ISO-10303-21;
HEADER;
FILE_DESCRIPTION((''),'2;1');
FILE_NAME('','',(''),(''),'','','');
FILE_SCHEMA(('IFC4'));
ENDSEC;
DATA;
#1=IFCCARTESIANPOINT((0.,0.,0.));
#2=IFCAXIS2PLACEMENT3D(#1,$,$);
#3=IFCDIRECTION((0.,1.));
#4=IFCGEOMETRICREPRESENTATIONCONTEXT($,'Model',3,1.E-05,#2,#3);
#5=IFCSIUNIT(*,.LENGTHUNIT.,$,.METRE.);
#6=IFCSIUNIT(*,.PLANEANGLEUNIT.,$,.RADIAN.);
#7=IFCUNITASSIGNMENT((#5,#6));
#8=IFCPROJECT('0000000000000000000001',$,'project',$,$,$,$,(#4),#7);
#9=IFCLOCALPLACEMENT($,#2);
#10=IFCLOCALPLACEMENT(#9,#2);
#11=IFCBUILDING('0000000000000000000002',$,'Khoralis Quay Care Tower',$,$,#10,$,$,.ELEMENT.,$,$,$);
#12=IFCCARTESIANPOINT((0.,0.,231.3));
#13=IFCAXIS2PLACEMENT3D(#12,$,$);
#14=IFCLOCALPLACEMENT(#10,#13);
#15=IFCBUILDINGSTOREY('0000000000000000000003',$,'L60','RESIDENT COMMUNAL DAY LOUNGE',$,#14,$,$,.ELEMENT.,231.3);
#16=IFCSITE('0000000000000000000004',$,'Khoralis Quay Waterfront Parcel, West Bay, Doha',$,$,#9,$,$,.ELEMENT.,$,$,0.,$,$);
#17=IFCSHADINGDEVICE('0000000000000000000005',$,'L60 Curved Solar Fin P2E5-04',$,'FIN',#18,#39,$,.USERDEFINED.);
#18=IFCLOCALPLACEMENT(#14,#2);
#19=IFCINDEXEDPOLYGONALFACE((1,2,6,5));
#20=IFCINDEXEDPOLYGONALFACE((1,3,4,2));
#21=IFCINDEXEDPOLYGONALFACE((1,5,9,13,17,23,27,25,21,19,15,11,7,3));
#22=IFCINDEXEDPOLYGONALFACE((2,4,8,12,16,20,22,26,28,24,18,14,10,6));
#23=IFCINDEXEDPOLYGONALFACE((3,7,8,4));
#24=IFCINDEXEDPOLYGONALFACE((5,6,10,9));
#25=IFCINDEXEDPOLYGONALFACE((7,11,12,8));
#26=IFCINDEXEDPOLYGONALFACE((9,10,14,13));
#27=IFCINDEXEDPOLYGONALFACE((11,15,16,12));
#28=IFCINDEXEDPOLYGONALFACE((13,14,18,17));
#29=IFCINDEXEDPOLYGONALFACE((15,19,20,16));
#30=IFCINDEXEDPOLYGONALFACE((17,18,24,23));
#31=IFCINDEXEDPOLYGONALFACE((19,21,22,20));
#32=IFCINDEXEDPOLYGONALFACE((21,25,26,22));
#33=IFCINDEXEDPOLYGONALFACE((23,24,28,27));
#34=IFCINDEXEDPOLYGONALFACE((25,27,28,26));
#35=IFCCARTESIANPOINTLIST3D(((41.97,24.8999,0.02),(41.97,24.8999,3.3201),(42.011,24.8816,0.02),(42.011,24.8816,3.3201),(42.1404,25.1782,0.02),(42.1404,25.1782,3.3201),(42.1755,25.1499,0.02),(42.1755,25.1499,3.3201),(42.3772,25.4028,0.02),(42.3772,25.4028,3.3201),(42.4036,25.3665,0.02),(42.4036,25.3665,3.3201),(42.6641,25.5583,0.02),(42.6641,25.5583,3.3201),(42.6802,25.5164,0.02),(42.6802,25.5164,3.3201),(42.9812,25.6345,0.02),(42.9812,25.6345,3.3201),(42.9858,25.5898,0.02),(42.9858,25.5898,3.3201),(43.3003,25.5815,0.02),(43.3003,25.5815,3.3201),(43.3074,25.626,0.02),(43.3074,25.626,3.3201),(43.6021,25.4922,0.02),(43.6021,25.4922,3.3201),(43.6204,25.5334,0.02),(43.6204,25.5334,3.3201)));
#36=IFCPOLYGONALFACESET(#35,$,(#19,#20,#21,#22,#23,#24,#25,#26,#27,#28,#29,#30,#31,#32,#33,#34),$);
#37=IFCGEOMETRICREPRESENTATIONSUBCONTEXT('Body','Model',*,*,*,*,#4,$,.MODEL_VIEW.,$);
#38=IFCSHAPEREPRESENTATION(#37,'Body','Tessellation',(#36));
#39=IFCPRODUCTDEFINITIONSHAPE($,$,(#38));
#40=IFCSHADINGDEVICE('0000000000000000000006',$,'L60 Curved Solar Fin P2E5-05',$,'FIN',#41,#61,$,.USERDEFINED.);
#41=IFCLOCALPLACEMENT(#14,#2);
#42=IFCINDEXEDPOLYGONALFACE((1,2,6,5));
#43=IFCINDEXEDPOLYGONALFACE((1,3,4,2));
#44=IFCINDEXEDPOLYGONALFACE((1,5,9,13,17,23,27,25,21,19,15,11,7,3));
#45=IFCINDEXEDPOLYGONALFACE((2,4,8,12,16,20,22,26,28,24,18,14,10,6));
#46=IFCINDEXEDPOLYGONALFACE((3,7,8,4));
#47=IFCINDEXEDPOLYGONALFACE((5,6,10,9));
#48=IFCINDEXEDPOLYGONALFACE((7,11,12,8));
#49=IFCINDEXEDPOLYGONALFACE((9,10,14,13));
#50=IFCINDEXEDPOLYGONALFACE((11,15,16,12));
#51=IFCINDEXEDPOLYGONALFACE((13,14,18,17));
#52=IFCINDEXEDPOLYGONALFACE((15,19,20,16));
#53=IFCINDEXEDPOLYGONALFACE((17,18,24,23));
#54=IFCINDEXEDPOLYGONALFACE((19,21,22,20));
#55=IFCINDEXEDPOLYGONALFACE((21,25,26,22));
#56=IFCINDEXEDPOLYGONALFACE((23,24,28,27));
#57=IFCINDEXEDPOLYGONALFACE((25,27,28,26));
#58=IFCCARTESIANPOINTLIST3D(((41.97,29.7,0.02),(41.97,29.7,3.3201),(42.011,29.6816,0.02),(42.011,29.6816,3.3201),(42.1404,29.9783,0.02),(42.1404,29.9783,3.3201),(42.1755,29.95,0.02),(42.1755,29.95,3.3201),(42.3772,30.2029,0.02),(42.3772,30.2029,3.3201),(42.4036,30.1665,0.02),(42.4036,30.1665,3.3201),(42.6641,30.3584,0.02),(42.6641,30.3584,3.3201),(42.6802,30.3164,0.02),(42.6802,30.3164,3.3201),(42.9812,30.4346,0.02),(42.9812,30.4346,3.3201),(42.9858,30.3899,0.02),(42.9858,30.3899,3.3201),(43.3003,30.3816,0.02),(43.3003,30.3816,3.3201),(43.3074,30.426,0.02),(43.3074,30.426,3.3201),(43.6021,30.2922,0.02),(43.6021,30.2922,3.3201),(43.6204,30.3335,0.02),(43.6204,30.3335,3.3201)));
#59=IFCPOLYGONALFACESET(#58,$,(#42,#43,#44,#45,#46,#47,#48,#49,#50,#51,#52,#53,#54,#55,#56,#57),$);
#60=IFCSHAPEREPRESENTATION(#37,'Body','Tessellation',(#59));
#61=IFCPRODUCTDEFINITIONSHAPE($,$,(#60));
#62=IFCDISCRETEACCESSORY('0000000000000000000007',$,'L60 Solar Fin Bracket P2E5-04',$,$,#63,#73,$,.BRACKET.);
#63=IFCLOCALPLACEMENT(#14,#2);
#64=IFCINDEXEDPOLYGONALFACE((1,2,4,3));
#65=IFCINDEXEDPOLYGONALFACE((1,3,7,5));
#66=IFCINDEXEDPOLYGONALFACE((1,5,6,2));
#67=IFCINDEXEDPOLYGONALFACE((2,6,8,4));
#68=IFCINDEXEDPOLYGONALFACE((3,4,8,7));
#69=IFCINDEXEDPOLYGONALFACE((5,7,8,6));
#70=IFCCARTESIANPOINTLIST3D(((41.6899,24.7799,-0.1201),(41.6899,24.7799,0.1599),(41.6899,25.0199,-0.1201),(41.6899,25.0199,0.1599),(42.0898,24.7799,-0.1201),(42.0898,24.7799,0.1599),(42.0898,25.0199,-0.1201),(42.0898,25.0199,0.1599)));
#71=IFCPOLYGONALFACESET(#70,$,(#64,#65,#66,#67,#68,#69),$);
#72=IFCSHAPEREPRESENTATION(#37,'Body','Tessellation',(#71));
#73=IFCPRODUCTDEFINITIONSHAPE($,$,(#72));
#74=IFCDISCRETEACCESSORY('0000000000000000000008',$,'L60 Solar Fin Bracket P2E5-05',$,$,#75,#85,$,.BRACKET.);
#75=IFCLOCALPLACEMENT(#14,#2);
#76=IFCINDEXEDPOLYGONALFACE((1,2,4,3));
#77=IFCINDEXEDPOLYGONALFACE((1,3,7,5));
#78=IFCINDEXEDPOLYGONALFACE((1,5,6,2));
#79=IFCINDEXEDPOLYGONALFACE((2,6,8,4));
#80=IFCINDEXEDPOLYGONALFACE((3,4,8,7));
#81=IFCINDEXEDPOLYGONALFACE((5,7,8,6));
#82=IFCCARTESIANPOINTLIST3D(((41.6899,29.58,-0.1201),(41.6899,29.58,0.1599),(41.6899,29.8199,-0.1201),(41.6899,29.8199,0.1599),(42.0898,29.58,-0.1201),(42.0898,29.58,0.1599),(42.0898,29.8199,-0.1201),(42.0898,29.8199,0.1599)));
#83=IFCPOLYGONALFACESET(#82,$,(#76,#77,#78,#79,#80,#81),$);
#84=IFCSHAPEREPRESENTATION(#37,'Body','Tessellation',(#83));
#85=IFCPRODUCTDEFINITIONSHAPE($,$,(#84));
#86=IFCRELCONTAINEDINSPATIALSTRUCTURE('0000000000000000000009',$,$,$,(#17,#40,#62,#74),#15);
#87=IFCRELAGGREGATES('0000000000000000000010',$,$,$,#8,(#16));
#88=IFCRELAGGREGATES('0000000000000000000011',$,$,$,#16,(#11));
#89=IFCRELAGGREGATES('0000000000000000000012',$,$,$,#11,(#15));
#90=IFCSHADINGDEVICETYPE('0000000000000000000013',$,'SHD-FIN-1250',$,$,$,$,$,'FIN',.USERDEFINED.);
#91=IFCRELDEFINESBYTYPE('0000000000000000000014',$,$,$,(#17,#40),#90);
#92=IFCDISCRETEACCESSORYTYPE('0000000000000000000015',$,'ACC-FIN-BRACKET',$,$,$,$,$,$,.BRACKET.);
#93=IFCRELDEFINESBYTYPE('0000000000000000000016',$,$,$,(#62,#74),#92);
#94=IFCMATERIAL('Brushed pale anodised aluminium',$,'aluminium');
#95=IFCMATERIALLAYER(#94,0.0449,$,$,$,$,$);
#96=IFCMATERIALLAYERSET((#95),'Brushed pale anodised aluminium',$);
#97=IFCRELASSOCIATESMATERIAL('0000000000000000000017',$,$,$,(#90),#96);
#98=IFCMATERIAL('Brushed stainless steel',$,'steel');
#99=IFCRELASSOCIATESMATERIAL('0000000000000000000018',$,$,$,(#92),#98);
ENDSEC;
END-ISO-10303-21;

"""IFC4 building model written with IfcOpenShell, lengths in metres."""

from ifc_helpers import new_model, si_unit, direction, frame, origin, origin_2d, place, context, subcontext, project, spatial, polyline, rectangle, outline, extrude, source, transform, mapped, material, layer, layer_set, type_object, element, save


model = new_model("IFC4")

# Units and contexts
model_context = context("Model", 3, precision=1e-05, world=origin(), true_north=direction((0.0, 1.0)))
body_context = subcontext(model_context, "Body", "Model", "MODEL_VIEW")
ifc_project = project(units=[si_unit("LENGTHUNIT", "METRE"), si_unit("PLANEANGLEUNIT", "RADIAN")], contexts=[model_context])

# Site, building, storey
site_placement = place(None, origin())
site = spatial("IfcSite", under=ifc_project, at=site_placement, Name="Khoralis Quay Waterfront Parcel, West Bay, Doha", CompositionType="ELEMENT", RefElevation=0.0)
building_placement = place(site_placement, origin())
building = spatial("IfcBuilding", under=site, at=building_placement, Name="Khoralis Quay Care Tower", CompositionType="ELEMENT")
storey_placement = place(building_placement, frame((0.0, 0.0, 231.3)))
storey = spatial("IfcBuildingStorey", under=building, at=storey_placement, Name="L60", Description="RESIDENT COMMUNAL DAY LOUNGE", CompositionType="ELEMENT", Elevation=231.3)

# Shared definitions
ifc_material_1 = material(Name="Brushed stainless steel", Category="steel")

# Shading devices
ifc_material_2 = material(Name="Brushed pale anodised aluminium", Category="aluminium")
ifc_layer_1 = layer(ifc_material_2, 0.0449)
ifc_layer_set_1 = layer_set([ifc_layer_1], Name="Brushed pale anodised aluminium")
shading_device_type = type_object("IfcShadingDeviceType", Name="SHD-FIN-1250", ElementType="FIN", PredefinedType="USERDEFINED", material=ifc_layer_set_1)
shared_shape_1 = source(origin(), body_context, "Body", "SweptSolid", [
    extrude(outline(polyline([(0.0, 0.0), (0.1704, 0.2783), (0.4072, 0.5029), (0.6941, 0.6584), (1.0112, 0.7346), (1.3374, 0.7261), (1.6504, 0.6335), (1.6321, 0.5923), (1.3303, 0.6816), (1.0159, 0.6899), (0.7102, 0.6165), (0.4336, 0.4666), (0.2056, 0.25), (0.041, -0.0183), (0.0, 0.0)])), origin(), (0.0, 0.0, 1.0), 3.3),
])
for number, where, z_axis, x_axis, name in (
    (1, (41.97, 24.8999, 0.02), (0.0, 0.0, 1.0), (1.0, 0.0, 0.0), "L60 Curved Solar Fin P2E5-04"),
    (2, (41.97, 29.7, 0.02), (0.0, 0.0, 1.0), (1.0, 0.0, 0.0), "L60 Curved Solar Fin P2E5-05"),
):
    element("IfcShadingDevice", number, at=place(storey_placement, frame(where, z_axis=z_axis, x_axis=x_axis)), inside=storey, type_object=shading_device_type, Name=name, ObjectType="FIN", PredefinedType="USERDEFINED", context=body_context, shape_type="MappedRepresentation", body=[
        mapped(shared_shape_1, transform((0.0, 0.0, 0.0), scale=1.0)),
    ])

# Discrete accessories
discrete_accessory_type = type_object("IfcDiscreteAccessoryType", Name="ACC-FIN-BRACKET", PredefinedType="BRACKET", material=ifc_material_1)
shared_shape_2 = source(origin(), body_context, "Body", "SweptSolid", [
    extrude(rectangle(XDim=0.3999, YDim=0.24, at=origin_2d()), origin(), (0.0, 0.0, 1.0), 0.28),
])
for number, where, z_axis, x_axis, name in (
    (3, (41.8899, 24.8999, -0.1201), (0.0, 0.0, 1.0), (1.0, 0.0, 0.0), "L60 Solar Fin Bracket P2E5-04"),
    (4, (41.8899, 29.7, -0.1201), (0.0, 0.0, 1.0), (1.0, 0.0, 0.0), "L60 Solar Fin Bracket P2E5-05"),
):
    element("IfcDiscreteAccessory", number, at=place(storey_placement, frame(where, z_axis=z_axis, x_axis=x_axis)), inside=storey, type_object=discrete_accessory_type, Name=name, PredefinedType="BRACKET", context=body_context, shape_type="MappedRepresentation", body=[
        mapped(shared_shape_2, transform((0.0, 0.0, 0.0), scale=1.0)),
    ])

save(model, "model.ifc")
